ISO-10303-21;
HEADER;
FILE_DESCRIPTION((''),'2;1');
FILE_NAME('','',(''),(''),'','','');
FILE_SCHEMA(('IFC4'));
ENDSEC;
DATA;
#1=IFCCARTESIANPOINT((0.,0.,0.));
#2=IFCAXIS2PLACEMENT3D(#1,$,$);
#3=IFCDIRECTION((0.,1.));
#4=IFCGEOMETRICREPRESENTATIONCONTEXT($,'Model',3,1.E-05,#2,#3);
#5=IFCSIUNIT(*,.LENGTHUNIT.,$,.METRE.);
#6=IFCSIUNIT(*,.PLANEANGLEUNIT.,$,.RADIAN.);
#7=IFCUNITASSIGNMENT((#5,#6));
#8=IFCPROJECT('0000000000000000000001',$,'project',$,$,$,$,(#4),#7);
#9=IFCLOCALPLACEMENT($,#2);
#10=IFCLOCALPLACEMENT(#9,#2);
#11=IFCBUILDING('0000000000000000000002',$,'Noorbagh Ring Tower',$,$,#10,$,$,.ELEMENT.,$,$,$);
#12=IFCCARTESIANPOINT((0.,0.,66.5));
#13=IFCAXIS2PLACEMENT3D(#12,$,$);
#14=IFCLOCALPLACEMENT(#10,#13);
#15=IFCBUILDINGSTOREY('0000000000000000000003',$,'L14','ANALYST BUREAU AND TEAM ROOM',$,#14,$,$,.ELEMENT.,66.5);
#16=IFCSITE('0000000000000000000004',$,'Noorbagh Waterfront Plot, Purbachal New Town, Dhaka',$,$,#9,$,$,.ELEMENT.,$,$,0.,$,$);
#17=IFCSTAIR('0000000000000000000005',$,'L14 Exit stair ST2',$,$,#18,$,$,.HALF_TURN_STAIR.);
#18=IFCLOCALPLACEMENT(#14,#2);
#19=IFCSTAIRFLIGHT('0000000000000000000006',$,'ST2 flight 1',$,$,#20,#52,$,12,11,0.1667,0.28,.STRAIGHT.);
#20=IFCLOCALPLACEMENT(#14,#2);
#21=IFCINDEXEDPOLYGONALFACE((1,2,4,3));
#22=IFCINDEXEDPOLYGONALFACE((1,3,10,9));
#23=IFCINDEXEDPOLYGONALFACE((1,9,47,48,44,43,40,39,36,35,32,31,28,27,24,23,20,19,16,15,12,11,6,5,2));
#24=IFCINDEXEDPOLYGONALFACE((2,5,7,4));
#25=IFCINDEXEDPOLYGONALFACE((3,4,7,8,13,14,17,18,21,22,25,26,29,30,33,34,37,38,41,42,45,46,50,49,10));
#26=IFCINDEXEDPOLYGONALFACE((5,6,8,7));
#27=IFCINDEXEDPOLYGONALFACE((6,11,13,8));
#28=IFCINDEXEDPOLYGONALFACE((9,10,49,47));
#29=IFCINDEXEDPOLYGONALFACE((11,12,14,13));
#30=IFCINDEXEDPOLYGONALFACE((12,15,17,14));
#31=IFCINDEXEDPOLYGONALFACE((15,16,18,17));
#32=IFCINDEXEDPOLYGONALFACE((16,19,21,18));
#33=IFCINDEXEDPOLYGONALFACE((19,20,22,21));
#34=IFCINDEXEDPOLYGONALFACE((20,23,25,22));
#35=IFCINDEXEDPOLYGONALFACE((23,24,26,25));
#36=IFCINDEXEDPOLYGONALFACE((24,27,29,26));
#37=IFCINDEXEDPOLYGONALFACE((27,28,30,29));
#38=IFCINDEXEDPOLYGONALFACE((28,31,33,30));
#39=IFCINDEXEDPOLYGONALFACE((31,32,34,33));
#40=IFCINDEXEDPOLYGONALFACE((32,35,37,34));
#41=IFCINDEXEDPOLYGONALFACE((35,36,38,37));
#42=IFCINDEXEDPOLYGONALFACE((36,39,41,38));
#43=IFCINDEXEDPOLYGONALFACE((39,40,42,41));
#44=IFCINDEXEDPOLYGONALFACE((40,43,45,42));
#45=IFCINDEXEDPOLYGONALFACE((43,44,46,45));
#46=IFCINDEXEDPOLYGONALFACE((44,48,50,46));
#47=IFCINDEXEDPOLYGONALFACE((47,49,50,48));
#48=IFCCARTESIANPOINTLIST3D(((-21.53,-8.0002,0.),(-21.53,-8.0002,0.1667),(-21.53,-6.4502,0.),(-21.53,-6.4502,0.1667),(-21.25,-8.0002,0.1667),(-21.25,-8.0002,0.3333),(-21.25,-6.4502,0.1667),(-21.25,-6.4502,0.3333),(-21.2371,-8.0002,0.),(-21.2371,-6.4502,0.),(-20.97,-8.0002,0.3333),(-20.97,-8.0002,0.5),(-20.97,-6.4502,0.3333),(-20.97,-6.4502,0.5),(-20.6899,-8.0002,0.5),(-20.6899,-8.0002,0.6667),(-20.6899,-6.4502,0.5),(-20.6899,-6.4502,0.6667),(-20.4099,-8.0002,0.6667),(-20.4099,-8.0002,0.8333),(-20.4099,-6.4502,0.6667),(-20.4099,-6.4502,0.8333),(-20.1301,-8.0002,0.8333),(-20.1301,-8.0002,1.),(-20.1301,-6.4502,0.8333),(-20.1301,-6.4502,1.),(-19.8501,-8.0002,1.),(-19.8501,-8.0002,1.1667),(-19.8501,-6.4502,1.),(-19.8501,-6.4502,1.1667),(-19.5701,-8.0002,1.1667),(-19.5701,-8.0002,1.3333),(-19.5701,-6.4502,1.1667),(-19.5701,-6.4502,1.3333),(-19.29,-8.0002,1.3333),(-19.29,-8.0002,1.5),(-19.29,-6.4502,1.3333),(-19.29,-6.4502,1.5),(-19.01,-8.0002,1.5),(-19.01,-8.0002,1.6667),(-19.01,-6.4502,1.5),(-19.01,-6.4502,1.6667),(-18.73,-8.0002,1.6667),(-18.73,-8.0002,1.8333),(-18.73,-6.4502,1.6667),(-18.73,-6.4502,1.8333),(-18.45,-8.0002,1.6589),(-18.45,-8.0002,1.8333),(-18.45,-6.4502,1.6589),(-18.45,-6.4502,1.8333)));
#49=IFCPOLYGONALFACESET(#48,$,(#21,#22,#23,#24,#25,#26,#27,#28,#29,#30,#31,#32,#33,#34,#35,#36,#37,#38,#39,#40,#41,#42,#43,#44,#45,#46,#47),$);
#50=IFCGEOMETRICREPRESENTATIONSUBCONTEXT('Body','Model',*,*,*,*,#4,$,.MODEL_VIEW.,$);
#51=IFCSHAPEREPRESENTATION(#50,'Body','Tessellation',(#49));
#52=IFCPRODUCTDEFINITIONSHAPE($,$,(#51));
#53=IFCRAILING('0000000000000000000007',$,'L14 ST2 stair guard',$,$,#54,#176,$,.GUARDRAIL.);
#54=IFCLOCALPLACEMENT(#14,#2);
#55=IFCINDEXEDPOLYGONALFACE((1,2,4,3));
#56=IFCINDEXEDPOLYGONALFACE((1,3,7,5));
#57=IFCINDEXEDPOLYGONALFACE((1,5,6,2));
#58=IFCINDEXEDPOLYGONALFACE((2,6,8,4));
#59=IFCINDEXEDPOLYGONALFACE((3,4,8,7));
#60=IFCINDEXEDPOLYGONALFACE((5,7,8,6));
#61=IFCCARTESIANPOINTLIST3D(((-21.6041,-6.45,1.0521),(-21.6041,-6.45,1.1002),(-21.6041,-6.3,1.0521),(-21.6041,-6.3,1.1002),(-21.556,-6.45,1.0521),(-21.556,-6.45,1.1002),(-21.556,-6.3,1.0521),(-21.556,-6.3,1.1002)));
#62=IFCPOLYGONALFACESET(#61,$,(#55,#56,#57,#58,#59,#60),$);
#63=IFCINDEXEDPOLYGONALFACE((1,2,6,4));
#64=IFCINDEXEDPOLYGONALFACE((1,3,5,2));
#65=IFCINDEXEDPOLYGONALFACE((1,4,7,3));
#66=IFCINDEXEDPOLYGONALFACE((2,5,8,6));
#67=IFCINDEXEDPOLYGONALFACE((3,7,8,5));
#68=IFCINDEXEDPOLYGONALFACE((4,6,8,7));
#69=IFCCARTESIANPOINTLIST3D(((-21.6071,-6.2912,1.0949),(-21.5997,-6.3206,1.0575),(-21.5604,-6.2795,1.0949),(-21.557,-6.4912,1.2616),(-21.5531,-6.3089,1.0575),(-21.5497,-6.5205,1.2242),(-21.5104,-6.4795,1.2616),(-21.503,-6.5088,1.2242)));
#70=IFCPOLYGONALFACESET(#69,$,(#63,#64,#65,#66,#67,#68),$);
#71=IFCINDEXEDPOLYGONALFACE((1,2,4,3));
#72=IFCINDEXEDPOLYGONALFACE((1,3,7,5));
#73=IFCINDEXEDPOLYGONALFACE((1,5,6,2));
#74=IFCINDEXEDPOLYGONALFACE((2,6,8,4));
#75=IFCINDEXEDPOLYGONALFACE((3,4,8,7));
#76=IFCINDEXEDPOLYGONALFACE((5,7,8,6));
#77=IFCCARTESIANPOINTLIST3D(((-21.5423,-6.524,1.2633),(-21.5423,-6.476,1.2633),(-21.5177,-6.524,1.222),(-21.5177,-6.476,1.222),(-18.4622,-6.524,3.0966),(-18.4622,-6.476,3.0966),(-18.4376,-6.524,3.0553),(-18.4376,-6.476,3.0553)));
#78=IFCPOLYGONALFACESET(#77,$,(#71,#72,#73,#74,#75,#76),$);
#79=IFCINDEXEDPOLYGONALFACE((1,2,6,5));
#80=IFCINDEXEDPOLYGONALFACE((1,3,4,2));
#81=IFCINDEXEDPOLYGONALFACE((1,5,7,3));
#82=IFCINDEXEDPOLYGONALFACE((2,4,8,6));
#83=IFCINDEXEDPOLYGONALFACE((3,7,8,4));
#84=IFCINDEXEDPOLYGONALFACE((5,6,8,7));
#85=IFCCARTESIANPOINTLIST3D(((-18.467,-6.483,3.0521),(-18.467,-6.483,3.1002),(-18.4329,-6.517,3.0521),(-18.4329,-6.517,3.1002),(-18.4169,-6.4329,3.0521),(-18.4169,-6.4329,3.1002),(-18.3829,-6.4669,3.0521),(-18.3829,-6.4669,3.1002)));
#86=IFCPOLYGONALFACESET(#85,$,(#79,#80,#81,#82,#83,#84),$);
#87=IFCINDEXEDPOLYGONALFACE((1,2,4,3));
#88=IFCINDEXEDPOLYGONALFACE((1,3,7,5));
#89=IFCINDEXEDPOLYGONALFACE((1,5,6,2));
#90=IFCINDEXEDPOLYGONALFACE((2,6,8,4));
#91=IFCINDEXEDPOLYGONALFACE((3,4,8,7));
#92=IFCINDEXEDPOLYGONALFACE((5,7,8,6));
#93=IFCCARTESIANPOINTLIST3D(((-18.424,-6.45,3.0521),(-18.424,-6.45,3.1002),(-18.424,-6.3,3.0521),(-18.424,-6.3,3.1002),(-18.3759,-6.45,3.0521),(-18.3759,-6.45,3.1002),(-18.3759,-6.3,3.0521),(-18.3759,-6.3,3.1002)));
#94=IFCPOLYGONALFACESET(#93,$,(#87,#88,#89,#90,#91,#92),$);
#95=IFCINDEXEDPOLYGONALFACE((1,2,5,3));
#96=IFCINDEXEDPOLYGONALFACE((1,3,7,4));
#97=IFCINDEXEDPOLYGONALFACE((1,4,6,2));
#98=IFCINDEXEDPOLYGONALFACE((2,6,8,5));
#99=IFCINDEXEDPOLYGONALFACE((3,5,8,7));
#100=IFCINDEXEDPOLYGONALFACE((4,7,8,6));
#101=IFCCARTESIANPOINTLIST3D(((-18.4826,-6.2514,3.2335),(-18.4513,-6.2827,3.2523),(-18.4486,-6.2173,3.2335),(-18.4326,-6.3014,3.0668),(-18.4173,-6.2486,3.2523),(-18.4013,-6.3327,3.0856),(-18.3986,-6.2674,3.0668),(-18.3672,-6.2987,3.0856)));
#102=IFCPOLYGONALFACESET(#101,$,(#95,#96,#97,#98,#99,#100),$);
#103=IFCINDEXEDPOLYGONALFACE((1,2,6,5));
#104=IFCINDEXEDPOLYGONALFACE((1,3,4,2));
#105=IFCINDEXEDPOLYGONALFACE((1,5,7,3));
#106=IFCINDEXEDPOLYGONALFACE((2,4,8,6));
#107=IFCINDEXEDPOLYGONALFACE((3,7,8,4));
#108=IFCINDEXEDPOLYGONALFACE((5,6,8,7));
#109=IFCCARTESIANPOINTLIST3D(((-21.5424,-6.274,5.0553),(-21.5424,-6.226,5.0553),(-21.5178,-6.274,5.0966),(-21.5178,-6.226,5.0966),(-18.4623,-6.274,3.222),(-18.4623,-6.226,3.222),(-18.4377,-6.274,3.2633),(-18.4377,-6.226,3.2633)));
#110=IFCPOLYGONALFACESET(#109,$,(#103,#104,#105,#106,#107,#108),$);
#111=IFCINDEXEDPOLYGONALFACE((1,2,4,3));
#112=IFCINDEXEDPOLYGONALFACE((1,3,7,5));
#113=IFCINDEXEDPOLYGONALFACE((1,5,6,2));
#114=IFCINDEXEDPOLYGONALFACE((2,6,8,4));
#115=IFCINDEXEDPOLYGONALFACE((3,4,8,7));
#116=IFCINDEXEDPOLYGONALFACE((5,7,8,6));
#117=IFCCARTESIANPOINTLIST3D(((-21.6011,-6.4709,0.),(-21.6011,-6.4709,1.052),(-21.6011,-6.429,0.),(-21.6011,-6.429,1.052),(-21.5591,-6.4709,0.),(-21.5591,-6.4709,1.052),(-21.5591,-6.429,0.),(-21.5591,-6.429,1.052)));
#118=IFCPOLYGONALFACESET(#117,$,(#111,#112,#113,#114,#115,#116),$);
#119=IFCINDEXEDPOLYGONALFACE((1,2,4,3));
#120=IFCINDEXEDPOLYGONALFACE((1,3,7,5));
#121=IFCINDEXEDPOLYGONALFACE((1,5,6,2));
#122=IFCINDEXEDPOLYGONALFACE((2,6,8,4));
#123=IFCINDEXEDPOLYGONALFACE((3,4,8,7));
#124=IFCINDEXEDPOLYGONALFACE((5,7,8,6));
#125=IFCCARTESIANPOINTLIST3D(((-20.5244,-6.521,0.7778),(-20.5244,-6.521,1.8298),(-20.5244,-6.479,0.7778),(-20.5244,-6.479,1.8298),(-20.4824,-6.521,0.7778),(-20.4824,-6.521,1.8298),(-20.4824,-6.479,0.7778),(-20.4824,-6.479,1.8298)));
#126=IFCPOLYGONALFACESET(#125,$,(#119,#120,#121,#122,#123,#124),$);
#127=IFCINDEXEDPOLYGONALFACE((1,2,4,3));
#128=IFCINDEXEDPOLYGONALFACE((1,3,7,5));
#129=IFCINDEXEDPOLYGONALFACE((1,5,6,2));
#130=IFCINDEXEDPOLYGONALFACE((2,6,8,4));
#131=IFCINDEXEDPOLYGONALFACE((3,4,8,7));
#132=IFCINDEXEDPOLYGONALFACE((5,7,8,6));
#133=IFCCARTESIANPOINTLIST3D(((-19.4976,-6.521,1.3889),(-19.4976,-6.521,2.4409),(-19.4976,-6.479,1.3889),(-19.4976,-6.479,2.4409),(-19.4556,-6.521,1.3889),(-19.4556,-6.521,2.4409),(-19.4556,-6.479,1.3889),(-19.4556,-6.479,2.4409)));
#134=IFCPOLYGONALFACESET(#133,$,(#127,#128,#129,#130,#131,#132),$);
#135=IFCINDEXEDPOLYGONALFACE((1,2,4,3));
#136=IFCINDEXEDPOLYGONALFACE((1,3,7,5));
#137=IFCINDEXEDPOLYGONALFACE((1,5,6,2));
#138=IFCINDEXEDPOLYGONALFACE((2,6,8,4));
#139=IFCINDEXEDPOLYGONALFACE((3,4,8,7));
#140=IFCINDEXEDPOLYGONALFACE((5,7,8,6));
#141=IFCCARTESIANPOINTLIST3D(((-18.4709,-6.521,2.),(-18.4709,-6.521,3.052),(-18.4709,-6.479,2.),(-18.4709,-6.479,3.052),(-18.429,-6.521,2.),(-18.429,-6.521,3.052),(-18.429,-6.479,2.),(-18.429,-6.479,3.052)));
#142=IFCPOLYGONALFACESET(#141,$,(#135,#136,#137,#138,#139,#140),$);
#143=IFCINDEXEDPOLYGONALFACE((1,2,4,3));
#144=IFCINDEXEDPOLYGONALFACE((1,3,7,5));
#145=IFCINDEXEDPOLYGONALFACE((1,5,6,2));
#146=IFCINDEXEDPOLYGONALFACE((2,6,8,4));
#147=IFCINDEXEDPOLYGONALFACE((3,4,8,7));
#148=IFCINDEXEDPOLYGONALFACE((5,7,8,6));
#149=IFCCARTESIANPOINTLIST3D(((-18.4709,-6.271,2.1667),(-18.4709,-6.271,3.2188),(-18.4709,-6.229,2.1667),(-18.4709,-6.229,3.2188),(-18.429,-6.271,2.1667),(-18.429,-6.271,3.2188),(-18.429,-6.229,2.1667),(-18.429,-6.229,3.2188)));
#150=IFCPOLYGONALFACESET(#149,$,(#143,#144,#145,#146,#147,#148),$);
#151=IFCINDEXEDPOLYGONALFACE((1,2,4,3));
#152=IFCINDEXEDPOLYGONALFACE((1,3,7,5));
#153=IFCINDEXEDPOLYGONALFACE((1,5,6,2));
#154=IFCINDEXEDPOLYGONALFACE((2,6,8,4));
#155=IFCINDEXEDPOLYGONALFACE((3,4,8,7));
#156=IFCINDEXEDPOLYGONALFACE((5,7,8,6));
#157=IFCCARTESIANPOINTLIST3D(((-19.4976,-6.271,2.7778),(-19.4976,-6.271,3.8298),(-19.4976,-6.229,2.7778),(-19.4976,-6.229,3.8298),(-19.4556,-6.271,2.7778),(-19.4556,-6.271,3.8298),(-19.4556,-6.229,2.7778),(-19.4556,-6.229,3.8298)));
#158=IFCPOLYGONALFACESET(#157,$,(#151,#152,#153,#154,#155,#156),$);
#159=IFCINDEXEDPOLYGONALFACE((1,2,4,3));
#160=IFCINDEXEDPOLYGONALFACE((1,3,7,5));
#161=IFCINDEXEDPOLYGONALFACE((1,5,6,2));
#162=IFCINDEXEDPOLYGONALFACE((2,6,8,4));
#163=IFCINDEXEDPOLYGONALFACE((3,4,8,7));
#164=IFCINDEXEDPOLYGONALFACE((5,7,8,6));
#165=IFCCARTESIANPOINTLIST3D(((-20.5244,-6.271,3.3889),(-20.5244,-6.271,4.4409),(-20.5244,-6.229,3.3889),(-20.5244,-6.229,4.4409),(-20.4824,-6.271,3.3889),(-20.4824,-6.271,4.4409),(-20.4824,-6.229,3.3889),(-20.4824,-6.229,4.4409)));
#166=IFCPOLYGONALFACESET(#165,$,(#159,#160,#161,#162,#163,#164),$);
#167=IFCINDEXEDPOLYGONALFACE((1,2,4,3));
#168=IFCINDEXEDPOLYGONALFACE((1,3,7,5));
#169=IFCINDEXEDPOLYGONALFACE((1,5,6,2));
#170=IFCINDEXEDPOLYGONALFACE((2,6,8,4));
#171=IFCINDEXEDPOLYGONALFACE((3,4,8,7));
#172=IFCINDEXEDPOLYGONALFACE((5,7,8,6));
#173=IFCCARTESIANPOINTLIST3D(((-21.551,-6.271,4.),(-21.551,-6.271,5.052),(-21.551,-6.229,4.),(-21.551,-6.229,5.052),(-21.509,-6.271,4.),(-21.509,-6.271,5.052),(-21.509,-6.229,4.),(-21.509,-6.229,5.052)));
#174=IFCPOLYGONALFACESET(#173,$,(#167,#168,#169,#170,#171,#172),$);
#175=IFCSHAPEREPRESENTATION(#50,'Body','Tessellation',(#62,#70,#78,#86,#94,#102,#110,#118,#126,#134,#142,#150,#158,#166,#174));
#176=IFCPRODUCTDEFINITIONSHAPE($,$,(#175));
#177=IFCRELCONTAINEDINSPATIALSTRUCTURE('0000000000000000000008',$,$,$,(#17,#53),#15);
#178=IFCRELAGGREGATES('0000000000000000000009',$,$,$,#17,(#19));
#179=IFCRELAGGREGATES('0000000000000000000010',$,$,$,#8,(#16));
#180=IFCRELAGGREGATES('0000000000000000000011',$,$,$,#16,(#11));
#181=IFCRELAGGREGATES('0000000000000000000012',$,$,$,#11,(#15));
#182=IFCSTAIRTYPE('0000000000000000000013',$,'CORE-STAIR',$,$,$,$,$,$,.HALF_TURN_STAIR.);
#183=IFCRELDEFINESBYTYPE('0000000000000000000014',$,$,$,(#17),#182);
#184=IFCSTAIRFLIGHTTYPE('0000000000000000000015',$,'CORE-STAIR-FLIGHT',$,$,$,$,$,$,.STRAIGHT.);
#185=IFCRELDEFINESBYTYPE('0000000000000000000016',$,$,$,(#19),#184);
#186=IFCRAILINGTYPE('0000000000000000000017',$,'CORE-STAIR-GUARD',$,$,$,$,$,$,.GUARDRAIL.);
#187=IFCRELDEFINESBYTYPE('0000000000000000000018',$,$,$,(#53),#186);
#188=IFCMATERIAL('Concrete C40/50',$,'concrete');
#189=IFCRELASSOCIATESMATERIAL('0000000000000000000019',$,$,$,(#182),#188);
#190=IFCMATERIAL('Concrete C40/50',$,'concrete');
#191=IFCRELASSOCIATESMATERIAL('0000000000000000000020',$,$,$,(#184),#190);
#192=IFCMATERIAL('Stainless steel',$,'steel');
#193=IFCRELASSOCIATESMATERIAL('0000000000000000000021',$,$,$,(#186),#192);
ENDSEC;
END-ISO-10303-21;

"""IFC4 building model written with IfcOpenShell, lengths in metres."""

from ifc_helpers import new_model, si_unit, direction, frame, origin, origin_2d, place, context, subcontext, project, spatial, polyline, rectangle, outline, extrude, material, type_object, element, aggregate, save


model = new_model("IFC4")

# Units and contexts
model_context = context("Model", 3, precision=1e-05, world=origin(), true_north=direction((0.0, 1.0)))
body_context = subcontext(model_context, "Body", "Model", "MODEL_VIEW")
ifc_project = project(units=[si_unit("LENGTHUNIT", "METRE"), si_unit("PLANEANGLEUNIT", "RADIAN")], contexts=[model_context])

# Site, building, storey
site_placement = place(None, origin())
site = spatial("IfcSite", under=ifc_project, at=site_placement, Name="Noorbagh Waterfront Plot, Purbachal New Town, Dhaka", CompositionType="ELEMENT", RefElevation=0.0)
building_placement = place(site_placement, origin())
building = spatial("IfcBuilding", under=site, at=building_placement, Name="Noorbagh Ring Tower", CompositionType="ELEMENT")
storey_placement = place(building_placement, frame((0.0, 0.0, 66.5)))
storey = spatial("IfcBuildingStorey", under=building, at=storey_placement, Name="L14", Description="ANALYST BUREAU AND TEAM ROOM", CompositionType="ELEMENT", Elevation=66.5)

# Stair, stair flight
ifc_material_1 = material(Name="Concrete C40/50", Category="concrete")
stair_type = type_object("IfcStairType", Name="CORE-STAIR", PredefinedType="HALF_TURN_STAIR", material=ifc_material_1)
stair_placement = place(storey_placement, origin())
stair = element("IfcStair", 1, at=stair_placement, inside=storey, type_object=stair_type, Name="L14 Exit stair ST2", PredefinedType="HALF_TURN_STAIR")
ifc_material_2 = material(Name="Concrete C40/50", Category="concrete")
stair_flight_type = type_object("IfcStairFlightType", Name="CORE-STAIR-FLIGHT", PredefinedType="STRAIGHT", material=ifc_material_2)
stair_flight_placement = place(storey_placement, frame((-21.53, -7.2251, 0.0), z_axis=(0.0, 0.0, 1.0), x_axis=(1.0, 0.0, 0.0)))
stair_flight = element("IfcStairFlight", 2, at=stair_flight_placement, type_object=stair_flight_type, Name="ST2 flight 1", NumberOfRisers=12, NumberOfTreads=11, PredefinedType="STRAIGHT", RiserHeight=0.1667, TreadLength=0.28, context=body_context, shape_type="SweptSolid", body=[
    extrude(outline(polyline([(0.0, 0.0), (0.0, 0.1667), (0.28, 0.1667), (0.28, 0.3333), (0.5601, 0.3333), (0.5601, 0.5), (0.8401, 0.5), (0.8401, 0.6667), (1.1201, 0.6667), (1.1201, 0.8333), (1.3999, 0.8333), (1.3999, 1.0), (1.6799, 1.0), (1.6799, 1.1667), (1.96, 1.1667), (1.96, 1.3333), (2.24, 1.3333), (2.24, 1.5), (2.52, 1.5), (2.52, 1.6667), (2.8, 1.6667), (2.8, 1.8333), (3.0801, 1.8333), (3.0801, 2.0), (3.0801, 1.6589), (0.293, 0.0), (0.0, 0.0)])), frame((0.0, 0.7749, 0.0), z_axis=(0.0, -1.0, 0.0), x_axis=(1.0, 0.0, 0.0)), (0.0, 0.0, 1.0), 1.55),
])
aggregate(stair, [stair_flight])

# Railing
ifc_material_3 = material(Name="Stainless steel", Category="steel")
railing_type_1 = type_object("IfcRailingType", Name="CORE-STAIR-GUARD", PredefinedType="GUARDRAIL", material=ifc_material_3)
railing_1_placement = place(storey_placement, frame((-21.5801, -6.45, 0.0)))
element("IfcRailing", 3, at=railing_1_placement, inside=storey, type_object=railing_type_1, Name="L14 ST2 stair guard", PredefinedType="GUARDRAIL", context=body_context, shape_type="SweptSolid", body=[
    extrude(rectangle(XDim=0.0481, YDim=0.0481, at=origin_2d()), frame((0.0, 0.0, 1.0762), z_axis=(0.0, 1.0, 0.0), x_axis=(-1.0, 0.0, 0.0)), (0.0, 0.0, 1.0), 0.1499),
    extrude(rectangle(XDim=0.0481, YDim=0.0481, at=origin_2d()), frame((0.0, 0.1499, 1.0762), z_axis=(0.188776, -0.754182, 0.628946), x_axis=(0.970073, 0.242814, 0.0)), (0.0, 0.0, 1.0), 0.2651),
    extrude(rectangle(XDim=0.0481, YDim=0.0481, at=origin_2d()), frame((0.05, -0.05, 1.2427), z_axis=(0.859309, 0.0, 0.511458), x_axis=(0.0, 1.0, 0.0)), (0.0, 0.0, 1.0), 3.5845),
    extrude(rectangle(XDim=0.0481, YDim=0.0481, at=origin_2d()), frame((3.1301, -0.05, 3.0762), z_axis=(0.707107, 0.707107, 0.0), x_axis=(-0.707107, 0.707107, 0.0)), (0.0, 0.0, 1.0), 0.0708),
    extrude(rectangle(XDim=0.0481, YDim=0.0481, at=origin_2d()), frame((3.1802, 0.0, 3.0762), z_axis=(0.0, 1.0, 0.0), x_axis=(-1.0, 0.0, 0.0)), (0.0, 0.0, 1.0), 0.1499),
    extrude(rectangle(XDim=0.0481, YDim=0.0481, at=origin_2d()), frame((3.1802, 0.1499, 3.0762), z_axis=(-0.276287, 0.276287, 0.920506), x_axis=(-0.707107, -0.707107, 0.0)), (0.0, 0.0, 1.0), 0.1812),
    extrude(rectangle(XDim=0.0481, YDim=0.0481, at=origin_2d()), frame((3.1301, 0.2, 3.2427), z_axis=(-0.859309, 0.0, 0.511458), x_axis=(0.0, -1.0, 0.0)), (0.0, 0.0, 1.0), 3.5845),
    extrude(rectangle(XDim=0.042, YDim=0.042, at=origin_2d()), origin(), (0.0, 0.0, 1.0), 1.052),
    extrude(rectangle(XDim=0.042, YDim=0.042, at=origin_2d()), frame((1.0767, -0.05, 0.7778)), (0.0, 0.0, 1.0), 1.052),
    extrude(rectangle(XDim=0.042, YDim=0.042, at=origin_2d()), frame((2.1035, -0.05, 1.3889)), (0.0, 0.0, 1.0), 1.052),
    extrude(rectangle(XDim=0.042, YDim=0.042, at=origin_2d()), frame((3.1301, -0.05, 2.0)), (0.0, 0.0, 1.0), 1.052),
    extrude(rectangle(XDim=0.042, YDim=0.042, at=origin_2d()), frame((3.1301, 0.2, 2.1667)), (0.0, 0.0, 1.0), 1.052),
    extrude(rectangle(XDim=0.042, YDim=0.042, at=origin_2d()), frame((2.1035, 0.2, 2.7778)), (0.0, 0.0, 1.0), 1.052),
    extrude(rectangle(XDim=0.042, YDim=0.042, at=origin_2d()), frame((1.0767, 0.2, 3.3889)), (0.0, 0.0, 1.0), 1.052),
    extrude(rectangle(XDim=0.042, YDim=0.042, at=origin_2d()), frame((0.05, 0.2, 4.0)), (0.0, 0.0, 1.0), 1.052),
])

save(model, "model.ifc")
